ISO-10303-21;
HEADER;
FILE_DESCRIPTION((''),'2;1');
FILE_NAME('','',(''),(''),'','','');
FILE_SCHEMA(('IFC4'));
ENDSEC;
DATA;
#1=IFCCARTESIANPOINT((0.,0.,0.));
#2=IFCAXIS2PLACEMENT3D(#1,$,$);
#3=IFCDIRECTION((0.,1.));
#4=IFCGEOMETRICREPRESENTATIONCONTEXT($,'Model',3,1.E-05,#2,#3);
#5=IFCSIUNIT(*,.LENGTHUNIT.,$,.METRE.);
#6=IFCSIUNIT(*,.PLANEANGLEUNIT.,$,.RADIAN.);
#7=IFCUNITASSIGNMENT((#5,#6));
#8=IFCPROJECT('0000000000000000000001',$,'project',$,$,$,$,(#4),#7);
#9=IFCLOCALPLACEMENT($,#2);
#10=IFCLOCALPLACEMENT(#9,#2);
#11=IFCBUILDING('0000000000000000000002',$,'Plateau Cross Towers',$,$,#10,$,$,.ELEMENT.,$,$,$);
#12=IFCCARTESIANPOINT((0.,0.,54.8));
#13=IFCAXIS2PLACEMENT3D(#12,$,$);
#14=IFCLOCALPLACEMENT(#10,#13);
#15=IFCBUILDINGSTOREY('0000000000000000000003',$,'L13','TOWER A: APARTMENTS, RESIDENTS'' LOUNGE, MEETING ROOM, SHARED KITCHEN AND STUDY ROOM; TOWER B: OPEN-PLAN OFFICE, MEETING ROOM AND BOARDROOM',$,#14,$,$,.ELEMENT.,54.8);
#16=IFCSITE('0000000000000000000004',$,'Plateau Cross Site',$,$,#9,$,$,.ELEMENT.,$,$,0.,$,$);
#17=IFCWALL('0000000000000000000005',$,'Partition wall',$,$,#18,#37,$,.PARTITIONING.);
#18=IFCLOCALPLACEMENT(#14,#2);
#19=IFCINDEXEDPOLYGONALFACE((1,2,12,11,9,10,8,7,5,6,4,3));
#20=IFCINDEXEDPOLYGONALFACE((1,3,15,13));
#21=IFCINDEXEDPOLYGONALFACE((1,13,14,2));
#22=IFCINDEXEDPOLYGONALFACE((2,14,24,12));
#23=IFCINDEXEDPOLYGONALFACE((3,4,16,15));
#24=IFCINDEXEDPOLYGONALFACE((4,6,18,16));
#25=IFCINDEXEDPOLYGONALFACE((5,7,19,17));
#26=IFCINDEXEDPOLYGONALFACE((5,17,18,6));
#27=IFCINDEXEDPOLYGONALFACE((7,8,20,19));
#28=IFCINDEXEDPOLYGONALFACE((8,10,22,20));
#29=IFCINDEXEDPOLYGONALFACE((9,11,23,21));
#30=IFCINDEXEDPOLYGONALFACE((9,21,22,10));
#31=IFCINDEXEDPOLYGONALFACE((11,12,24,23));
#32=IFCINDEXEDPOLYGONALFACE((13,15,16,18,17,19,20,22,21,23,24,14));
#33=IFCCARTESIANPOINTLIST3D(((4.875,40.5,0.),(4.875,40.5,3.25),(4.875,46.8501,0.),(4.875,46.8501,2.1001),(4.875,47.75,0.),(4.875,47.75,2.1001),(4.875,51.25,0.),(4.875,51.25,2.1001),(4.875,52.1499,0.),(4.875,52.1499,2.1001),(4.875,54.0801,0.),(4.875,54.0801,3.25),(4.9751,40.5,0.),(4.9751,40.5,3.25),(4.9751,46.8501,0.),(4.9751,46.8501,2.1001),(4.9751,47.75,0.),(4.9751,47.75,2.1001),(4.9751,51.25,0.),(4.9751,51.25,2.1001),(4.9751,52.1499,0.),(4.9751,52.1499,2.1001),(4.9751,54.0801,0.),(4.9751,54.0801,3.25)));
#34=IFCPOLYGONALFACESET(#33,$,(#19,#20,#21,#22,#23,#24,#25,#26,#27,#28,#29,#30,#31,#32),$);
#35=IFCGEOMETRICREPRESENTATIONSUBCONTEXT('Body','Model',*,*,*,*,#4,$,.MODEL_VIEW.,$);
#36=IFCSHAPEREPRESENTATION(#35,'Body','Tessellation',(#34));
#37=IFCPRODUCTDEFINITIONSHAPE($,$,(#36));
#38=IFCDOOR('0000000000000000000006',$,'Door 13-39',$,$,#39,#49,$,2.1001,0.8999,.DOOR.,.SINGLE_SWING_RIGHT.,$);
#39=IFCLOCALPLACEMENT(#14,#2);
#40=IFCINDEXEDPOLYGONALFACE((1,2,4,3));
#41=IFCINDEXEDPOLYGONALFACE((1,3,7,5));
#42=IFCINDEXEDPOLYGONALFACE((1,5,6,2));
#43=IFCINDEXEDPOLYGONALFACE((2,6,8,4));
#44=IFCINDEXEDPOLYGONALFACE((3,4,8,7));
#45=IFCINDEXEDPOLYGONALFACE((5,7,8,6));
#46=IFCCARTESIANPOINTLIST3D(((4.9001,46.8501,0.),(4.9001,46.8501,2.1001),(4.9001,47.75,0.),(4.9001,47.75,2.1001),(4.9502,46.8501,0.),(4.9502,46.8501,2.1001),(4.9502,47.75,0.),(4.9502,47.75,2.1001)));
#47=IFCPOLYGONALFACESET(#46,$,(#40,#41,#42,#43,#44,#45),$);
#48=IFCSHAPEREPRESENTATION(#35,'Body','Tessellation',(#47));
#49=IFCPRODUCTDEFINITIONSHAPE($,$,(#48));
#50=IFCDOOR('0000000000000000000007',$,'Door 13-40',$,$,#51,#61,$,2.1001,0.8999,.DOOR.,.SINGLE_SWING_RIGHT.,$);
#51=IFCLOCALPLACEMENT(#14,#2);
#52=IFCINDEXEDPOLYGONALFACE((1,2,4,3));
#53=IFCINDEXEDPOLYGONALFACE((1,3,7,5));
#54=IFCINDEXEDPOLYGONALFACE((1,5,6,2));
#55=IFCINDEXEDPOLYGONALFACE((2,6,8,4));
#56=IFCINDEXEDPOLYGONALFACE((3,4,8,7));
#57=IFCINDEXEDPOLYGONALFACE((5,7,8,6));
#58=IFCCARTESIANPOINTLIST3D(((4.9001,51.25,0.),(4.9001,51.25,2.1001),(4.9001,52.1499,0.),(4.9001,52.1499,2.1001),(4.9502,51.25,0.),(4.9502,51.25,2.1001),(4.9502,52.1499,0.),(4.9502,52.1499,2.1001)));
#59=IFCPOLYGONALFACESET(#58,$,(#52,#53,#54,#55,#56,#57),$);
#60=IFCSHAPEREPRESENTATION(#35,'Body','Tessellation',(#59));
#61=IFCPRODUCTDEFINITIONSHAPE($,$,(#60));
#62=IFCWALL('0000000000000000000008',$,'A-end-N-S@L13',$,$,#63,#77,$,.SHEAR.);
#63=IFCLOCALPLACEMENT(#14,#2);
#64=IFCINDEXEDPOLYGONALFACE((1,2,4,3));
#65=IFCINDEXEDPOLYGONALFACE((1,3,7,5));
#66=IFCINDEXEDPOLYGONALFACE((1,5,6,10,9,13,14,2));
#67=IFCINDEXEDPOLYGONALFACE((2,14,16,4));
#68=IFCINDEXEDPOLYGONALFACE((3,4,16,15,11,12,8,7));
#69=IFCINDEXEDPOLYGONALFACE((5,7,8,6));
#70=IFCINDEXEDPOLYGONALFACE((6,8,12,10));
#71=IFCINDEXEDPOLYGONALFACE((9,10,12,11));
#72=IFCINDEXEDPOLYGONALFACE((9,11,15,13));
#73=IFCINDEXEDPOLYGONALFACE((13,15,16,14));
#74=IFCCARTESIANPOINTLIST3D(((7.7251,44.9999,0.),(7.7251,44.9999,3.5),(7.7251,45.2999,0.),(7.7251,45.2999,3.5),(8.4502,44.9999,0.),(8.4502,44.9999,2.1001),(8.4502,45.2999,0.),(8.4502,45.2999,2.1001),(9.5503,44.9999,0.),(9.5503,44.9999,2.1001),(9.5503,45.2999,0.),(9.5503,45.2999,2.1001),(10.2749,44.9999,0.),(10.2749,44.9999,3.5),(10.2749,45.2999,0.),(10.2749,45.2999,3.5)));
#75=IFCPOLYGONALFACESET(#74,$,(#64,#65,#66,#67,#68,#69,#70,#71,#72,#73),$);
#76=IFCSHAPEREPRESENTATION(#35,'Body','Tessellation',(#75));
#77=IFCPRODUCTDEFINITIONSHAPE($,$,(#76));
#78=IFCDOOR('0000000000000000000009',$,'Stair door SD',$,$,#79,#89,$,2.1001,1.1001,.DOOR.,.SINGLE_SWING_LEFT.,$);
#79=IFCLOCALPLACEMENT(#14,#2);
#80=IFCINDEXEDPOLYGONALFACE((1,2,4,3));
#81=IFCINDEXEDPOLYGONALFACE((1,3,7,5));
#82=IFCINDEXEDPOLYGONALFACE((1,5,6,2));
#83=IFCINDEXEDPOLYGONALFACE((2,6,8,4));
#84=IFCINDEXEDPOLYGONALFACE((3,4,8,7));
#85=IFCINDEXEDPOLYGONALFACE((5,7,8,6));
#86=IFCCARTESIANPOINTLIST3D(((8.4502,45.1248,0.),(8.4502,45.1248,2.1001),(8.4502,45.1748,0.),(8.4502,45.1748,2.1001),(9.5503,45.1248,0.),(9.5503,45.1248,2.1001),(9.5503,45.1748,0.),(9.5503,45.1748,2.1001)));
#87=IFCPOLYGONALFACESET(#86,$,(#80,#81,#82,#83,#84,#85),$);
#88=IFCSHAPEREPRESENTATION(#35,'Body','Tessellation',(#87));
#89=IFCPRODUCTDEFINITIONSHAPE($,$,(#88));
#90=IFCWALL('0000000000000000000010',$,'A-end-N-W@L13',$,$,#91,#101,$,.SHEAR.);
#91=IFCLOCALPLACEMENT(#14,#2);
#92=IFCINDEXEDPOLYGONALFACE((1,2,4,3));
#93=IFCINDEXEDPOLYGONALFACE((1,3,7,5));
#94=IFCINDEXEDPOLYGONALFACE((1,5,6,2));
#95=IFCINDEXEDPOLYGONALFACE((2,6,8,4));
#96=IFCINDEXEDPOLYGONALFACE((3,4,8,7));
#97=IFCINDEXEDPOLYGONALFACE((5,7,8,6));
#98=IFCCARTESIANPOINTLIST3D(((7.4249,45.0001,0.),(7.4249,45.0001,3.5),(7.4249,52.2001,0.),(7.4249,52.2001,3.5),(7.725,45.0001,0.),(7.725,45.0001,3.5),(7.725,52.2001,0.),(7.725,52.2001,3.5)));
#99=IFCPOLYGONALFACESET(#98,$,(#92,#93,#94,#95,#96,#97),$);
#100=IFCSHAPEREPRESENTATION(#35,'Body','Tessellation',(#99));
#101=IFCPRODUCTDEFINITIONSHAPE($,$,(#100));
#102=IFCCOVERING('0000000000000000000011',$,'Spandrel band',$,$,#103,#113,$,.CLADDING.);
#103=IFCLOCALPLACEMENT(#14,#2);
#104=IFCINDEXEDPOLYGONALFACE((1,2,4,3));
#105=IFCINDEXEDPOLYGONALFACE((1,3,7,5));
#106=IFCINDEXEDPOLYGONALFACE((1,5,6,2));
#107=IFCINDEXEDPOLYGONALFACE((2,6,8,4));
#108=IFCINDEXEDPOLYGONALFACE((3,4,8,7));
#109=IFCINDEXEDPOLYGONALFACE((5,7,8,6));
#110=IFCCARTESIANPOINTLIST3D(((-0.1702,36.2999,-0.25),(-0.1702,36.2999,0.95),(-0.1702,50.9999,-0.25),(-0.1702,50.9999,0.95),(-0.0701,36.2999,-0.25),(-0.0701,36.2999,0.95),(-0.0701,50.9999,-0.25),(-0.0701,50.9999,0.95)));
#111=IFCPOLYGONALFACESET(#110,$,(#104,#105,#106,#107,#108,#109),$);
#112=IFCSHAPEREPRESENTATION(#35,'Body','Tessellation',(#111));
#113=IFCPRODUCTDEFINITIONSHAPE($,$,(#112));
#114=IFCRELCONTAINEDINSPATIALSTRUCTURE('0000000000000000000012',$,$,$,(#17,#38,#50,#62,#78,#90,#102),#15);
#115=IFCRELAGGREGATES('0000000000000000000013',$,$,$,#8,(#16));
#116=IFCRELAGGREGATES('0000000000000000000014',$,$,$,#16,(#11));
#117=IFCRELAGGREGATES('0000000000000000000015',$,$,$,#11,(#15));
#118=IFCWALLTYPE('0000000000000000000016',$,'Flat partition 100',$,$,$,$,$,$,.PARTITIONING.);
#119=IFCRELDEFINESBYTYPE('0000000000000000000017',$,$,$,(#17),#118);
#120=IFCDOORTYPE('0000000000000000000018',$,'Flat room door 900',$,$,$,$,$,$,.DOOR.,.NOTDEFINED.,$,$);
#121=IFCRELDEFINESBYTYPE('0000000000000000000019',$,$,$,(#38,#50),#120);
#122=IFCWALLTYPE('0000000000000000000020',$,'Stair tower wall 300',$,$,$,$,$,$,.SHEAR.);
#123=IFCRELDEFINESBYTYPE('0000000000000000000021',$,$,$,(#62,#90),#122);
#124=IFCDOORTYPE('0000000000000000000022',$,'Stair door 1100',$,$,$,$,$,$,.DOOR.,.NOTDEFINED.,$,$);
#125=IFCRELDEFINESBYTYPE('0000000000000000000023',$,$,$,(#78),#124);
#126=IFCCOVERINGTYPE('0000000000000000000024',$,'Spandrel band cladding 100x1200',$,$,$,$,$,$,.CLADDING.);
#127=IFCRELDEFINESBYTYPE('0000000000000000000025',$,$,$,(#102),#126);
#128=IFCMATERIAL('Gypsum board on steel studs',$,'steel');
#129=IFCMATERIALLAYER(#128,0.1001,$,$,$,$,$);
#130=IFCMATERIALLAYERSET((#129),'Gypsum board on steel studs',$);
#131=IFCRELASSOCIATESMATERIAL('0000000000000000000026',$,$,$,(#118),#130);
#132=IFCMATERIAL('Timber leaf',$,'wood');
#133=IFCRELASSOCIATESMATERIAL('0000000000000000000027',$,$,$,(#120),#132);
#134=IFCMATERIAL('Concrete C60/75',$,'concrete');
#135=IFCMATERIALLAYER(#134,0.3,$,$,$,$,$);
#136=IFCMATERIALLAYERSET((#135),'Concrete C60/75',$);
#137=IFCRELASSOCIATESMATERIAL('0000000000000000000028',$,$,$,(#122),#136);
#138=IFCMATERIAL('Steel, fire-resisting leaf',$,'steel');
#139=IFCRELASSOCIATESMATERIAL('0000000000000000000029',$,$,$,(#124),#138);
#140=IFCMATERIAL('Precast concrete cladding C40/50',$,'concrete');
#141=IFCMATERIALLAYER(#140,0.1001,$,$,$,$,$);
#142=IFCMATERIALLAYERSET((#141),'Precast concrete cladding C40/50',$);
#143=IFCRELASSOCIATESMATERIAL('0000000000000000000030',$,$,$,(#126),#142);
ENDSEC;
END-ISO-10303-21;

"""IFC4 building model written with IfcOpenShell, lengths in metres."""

from ifc_helpers import new_model, si_unit, direction, frame, frame_2d, origin, origin_2d, place, context, subcontext, project, spatial, rectangle, extrude, material, layer, layer_set, type_object, element, fill, save


model = new_model("IFC4")

# Units and contexts
model_context = context("Model", 3, precision=1e-05, world=origin(), true_north=direction((0.0, 1.0)))
body_context = subcontext(model_context, "Body", "Model", "MODEL_VIEW")
ifc_project = project(units=[si_unit("LENGTHUNIT", "METRE"), si_unit("PLANEANGLEUNIT", "RADIAN")], contexts=[model_context])

# Site, building, storey
site_placement = place(None, origin())
site = spatial("IfcSite", under=ifc_project, at=site_placement, Name="Plateau Cross Site", CompositionType="ELEMENT", RefElevation=0.0)
building_placement = place(site_placement, origin())
building = spatial("IfcBuilding", under=site, at=building_placement, Name="Plateau Cross Towers", CompositionType="ELEMENT")
storey_placement = place(building_placement, frame((0.0, 0.0, 54.8)))
storey = spatial("IfcBuildingStorey", under=building, at=storey_placement, Name="L13", Description="TOWER A: APARTMENTS, RESIDENTS' LOUNGE, MEETING ROOM, SHARED KITCHEN AND STUDY ROOM; TOWER B: OPEN-PLAN OFFICE, MEETING ROOM AND BOARDROOM", CompositionType="ELEMENT", Elevation=54.8)

# Shared definitions
ifc_material_1 = material(Name="Gypsum board on steel studs", Category="steel")
ifc_layer_1 = layer(ifc_material_1, 0.1001)
ifc_layer_set_1 = layer_set([ifc_layer_1], Name="Gypsum board on steel studs")
wall_type_1 = type_object("IfcWallType", Name="Flat partition 100", PredefinedType="PARTITIONING", material=ifc_layer_set_1)

# Shared definitions
ifc_material_2 = material(Name="Timber leaf", Category="wood")
door_type_1 = type_object("IfcDoorType", Name="Flat room door 900", OperationType="NOTDEFINED", PredefinedType="DOOR", material=ifc_material_2)

# Wall, openings, doors
wall_1_placement = place(storey_placement, frame((4.925, 40.5, 0.0), z_axis=(0.0, 0.0, 1.0), x_axis=(0.0, 1.0, 0.0)))
wall_1 = element("IfcWall", 1, at=wall_1_placement, inside=storey, type_object=wall_type_1, Name="Partition wall", PredefinedType="PARTITIONING", context=body_context, shape_type="SweptSolid", body=[
    extrude(rectangle(XDim=13.5801, YDim=0.1001, at=frame_2d((6.79, 0.0))), origin(), (0.0, 0.0, 1.0), 3.25),
])
opening_1_placement = place(wall_1_placement, frame((6.3501, 0.0, 0.0)))
opening_1 = element("IfcOpeningElement", 2, at=opening_1_placement, cuts=wall_1, PredefinedType="OPENING", context=body_context, shape_type="SweptSolid", body=[
    extrude(rectangle(XDim=0.8999, YDim=2.1001, at=frame_2d((0.45, 1.05))), frame((0.0, 0.0601, 0.0), z_axis=(0.0, -1.0, 0.0), x_axis=(1.0, 0.0, 0.0)), (0.0, 0.0, 1.0), 0.1201),
])
opening_2_placement = place(wall_1_placement, frame((10.75, 0.0, 0.0)))
opening_2 = element("IfcOpeningElement", 3, at=opening_2_placement, cuts=wall_1, PredefinedType="OPENING", context=body_context, shape_type="SweptSolid", body=[
    extrude(rectangle(XDim=0.8999, YDim=2.1001, at=frame_2d((0.45, 1.05))), frame((0.0, 0.0601, 0.0), z_axis=(0.0, -1.0, 0.0), x_axis=(1.0, 0.0, 0.0)), (0.0, 0.0, 1.0), 0.1201),
])
door_1_placement = place(opening_1_placement, origin())
door_1 = element("IfcDoor", 4, at=door_1_placement, inside=storey, type_object=door_type_1, Name="Door 13-39", OperationType="SINGLE_SWING_RIGHT", OverallHeight=2.1001, OverallWidth=0.8999, PredefinedType="DOOR", context=body_context, shape_type="SweptSolid", body=[
    extrude(rectangle(XDim=0.8999, YDim=2.1001, at=frame_2d((0.45, 1.05))), frame((0.0, 0.0249, 0.0), z_axis=(0.0, -1.0, 0.0), x_axis=(1.0, 0.0, 0.0)), (0.0, 0.0, 1.0), 0.05),
])
fill(opening_1, door_1)
door_2_placement = place(opening_2_placement, origin())
door_2 = element("IfcDoor", 5, at=door_2_placement, inside=storey, type_object=door_type_1, Name="Door 13-40", OperationType="SINGLE_SWING_RIGHT", OverallHeight=2.1001, OverallWidth=0.8999, PredefinedType="DOOR", context=body_context, shape_type="SweptSolid", body=[
    extrude(rectangle(XDim=0.8999, YDim=2.1001, at=frame_2d((0.45, 1.05))), frame((0.0, 0.0249, 0.0), z_axis=(0.0, -1.0, 0.0), x_axis=(1.0, 0.0, 0.0)), (0.0, 0.0, 1.0), 0.05),
])
fill(opening_2, door_2)

# Wall, opening, door
ifc_material_3 = material(Name="Concrete C60/75", Category="concrete")
ifc_layer_2 = layer(ifc_material_3, 0.3)
ifc_layer_set_2 = layer_set([ifc_layer_2], Name="Concrete C60/75")
wall_type_2 = type_object("IfcWallType", Name="Stair tower wall 300", PredefinedType="SHEAR", material=ifc_layer_set_2)
wall_2_placement = place(storey_placement, frame((7.7251, 45.1499, 0.0), z_axis=(0.0, 0.0, 1.0), x_axis=(1.0, 0.0, 0.0)))
wall_2 = element("IfcWall", 6, at=wall_2_placement, inside=storey, type_object=wall_type_2, Name="A-end-N-S@L13", PredefinedType="SHEAR", context=body_context, shape_type="SweptSolid", body=[
    extrude(rectangle(XDim=2.5498, YDim=0.3, at=frame_2d((1.2749, 0.0))), origin(), (0.0, 0.0, 1.0), 3.5),
])
opening_3_placement = place(wall_2_placement, frame((0.7251, 0.0, 0.0)))
opening_3 = element("IfcOpeningElement", 7, at=opening_3_placement, cuts=wall_2, PredefinedType="OPENING", context=body_context, shape_type="SweptSolid", body=[
    extrude(rectangle(XDim=1.1001, YDim=2.1001, at=frame_2d((0.55, 1.05))), frame((0.0, 0.1599, 0.0), z_axis=(0.0, -1.0, 0.0), x_axis=(1.0, 0.0, 0.0)), (0.0, 0.0, 1.0), 0.3201),
])
ifc_material_4 = material(Name="Steel, fire-resisting leaf", Category="steel")
door_type_2 = type_object("IfcDoorType", Name="Stair door 1100", OperationType="NOTDEFINED", PredefinedType="DOOR", material=ifc_material_4)
door_3_placement = place(opening_3_placement, origin())
door_3 = element("IfcDoor", 8, at=door_3_placement, inside=storey, type_object=door_type_2, Name="Stair door SD", OperationType="SINGLE_SWING_LEFT", OverallHeight=2.1001, OverallWidth=1.1001, PredefinedType="DOOR", context=body_context, shape_type="SweptSolid", body=[
    extrude(rectangle(XDim=1.1001, YDim=2.1001, at=frame_2d((0.55, 1.05))), frame((0.0, 0.0249, 0.0), z_axis=(0.0, -1.0, 0.0), x_axis=(1.0, 0.0, 0.0)), (0.0, 0.0, 1.0), 0.05),
])
fill(opening_3, door_3)

# Wall
wall_3_placement = place(storey_placement, frame((7.575, 45.0, 0.0), z_axis=(0.0, 0.0, 1.0), x_axis=(0.0, 1.0, 0.0)))
element("IfcWall", 9, at=wall_3_placement, inside=storey, type_object=wall_type_2, Name="A-end-N-W@L13", PredefinedType="SHEAR", context=body_context, shape_type="SweptSolid", body=[
    extrude(rectangle(XDim=7.2, YDim=0.3, at=frame_2d((3.6001, 0.0))), origin(), (0.0, 0.0, 1.0), 3.5),
])

# Covering
ifc_material_5 = material(Name="Precast concrete cladding C40/50", Category="concrete")
ifc_layer_3 = layer(ifc_material_5, 0.1001)
ifc_layer_set_3 = layer_set([ifc_layer_3], Name="Precast concrete cladding C40/50")
covering_type = type_object("IfcCoveringType", Name="Spandrel band cladding 100x1200", PredefinedType="CLADDING", material=ifc_layer_set_3)
covering_placement = place(storey_placement, frame((-0.1201, 43.6499, -0.25), z_axis=(0.0, 0.0, 1.0), x_axis=(0.0, -1.0, 0.0)))
element("IfcCovering", 10, at=covering_placement, inside=storey, type_object=covering_type, Name="Spandrel band", PredefinedType="CLADDING", context=body_context, shape_type="SweptSolid", body=[
    extrude(rectangle(XDim=14.7, YDim=0.1001, at=origin_2d()), origin(), (0.0, 0.0, 1.0), 1.2),
])

save(model, "model.ifc")
